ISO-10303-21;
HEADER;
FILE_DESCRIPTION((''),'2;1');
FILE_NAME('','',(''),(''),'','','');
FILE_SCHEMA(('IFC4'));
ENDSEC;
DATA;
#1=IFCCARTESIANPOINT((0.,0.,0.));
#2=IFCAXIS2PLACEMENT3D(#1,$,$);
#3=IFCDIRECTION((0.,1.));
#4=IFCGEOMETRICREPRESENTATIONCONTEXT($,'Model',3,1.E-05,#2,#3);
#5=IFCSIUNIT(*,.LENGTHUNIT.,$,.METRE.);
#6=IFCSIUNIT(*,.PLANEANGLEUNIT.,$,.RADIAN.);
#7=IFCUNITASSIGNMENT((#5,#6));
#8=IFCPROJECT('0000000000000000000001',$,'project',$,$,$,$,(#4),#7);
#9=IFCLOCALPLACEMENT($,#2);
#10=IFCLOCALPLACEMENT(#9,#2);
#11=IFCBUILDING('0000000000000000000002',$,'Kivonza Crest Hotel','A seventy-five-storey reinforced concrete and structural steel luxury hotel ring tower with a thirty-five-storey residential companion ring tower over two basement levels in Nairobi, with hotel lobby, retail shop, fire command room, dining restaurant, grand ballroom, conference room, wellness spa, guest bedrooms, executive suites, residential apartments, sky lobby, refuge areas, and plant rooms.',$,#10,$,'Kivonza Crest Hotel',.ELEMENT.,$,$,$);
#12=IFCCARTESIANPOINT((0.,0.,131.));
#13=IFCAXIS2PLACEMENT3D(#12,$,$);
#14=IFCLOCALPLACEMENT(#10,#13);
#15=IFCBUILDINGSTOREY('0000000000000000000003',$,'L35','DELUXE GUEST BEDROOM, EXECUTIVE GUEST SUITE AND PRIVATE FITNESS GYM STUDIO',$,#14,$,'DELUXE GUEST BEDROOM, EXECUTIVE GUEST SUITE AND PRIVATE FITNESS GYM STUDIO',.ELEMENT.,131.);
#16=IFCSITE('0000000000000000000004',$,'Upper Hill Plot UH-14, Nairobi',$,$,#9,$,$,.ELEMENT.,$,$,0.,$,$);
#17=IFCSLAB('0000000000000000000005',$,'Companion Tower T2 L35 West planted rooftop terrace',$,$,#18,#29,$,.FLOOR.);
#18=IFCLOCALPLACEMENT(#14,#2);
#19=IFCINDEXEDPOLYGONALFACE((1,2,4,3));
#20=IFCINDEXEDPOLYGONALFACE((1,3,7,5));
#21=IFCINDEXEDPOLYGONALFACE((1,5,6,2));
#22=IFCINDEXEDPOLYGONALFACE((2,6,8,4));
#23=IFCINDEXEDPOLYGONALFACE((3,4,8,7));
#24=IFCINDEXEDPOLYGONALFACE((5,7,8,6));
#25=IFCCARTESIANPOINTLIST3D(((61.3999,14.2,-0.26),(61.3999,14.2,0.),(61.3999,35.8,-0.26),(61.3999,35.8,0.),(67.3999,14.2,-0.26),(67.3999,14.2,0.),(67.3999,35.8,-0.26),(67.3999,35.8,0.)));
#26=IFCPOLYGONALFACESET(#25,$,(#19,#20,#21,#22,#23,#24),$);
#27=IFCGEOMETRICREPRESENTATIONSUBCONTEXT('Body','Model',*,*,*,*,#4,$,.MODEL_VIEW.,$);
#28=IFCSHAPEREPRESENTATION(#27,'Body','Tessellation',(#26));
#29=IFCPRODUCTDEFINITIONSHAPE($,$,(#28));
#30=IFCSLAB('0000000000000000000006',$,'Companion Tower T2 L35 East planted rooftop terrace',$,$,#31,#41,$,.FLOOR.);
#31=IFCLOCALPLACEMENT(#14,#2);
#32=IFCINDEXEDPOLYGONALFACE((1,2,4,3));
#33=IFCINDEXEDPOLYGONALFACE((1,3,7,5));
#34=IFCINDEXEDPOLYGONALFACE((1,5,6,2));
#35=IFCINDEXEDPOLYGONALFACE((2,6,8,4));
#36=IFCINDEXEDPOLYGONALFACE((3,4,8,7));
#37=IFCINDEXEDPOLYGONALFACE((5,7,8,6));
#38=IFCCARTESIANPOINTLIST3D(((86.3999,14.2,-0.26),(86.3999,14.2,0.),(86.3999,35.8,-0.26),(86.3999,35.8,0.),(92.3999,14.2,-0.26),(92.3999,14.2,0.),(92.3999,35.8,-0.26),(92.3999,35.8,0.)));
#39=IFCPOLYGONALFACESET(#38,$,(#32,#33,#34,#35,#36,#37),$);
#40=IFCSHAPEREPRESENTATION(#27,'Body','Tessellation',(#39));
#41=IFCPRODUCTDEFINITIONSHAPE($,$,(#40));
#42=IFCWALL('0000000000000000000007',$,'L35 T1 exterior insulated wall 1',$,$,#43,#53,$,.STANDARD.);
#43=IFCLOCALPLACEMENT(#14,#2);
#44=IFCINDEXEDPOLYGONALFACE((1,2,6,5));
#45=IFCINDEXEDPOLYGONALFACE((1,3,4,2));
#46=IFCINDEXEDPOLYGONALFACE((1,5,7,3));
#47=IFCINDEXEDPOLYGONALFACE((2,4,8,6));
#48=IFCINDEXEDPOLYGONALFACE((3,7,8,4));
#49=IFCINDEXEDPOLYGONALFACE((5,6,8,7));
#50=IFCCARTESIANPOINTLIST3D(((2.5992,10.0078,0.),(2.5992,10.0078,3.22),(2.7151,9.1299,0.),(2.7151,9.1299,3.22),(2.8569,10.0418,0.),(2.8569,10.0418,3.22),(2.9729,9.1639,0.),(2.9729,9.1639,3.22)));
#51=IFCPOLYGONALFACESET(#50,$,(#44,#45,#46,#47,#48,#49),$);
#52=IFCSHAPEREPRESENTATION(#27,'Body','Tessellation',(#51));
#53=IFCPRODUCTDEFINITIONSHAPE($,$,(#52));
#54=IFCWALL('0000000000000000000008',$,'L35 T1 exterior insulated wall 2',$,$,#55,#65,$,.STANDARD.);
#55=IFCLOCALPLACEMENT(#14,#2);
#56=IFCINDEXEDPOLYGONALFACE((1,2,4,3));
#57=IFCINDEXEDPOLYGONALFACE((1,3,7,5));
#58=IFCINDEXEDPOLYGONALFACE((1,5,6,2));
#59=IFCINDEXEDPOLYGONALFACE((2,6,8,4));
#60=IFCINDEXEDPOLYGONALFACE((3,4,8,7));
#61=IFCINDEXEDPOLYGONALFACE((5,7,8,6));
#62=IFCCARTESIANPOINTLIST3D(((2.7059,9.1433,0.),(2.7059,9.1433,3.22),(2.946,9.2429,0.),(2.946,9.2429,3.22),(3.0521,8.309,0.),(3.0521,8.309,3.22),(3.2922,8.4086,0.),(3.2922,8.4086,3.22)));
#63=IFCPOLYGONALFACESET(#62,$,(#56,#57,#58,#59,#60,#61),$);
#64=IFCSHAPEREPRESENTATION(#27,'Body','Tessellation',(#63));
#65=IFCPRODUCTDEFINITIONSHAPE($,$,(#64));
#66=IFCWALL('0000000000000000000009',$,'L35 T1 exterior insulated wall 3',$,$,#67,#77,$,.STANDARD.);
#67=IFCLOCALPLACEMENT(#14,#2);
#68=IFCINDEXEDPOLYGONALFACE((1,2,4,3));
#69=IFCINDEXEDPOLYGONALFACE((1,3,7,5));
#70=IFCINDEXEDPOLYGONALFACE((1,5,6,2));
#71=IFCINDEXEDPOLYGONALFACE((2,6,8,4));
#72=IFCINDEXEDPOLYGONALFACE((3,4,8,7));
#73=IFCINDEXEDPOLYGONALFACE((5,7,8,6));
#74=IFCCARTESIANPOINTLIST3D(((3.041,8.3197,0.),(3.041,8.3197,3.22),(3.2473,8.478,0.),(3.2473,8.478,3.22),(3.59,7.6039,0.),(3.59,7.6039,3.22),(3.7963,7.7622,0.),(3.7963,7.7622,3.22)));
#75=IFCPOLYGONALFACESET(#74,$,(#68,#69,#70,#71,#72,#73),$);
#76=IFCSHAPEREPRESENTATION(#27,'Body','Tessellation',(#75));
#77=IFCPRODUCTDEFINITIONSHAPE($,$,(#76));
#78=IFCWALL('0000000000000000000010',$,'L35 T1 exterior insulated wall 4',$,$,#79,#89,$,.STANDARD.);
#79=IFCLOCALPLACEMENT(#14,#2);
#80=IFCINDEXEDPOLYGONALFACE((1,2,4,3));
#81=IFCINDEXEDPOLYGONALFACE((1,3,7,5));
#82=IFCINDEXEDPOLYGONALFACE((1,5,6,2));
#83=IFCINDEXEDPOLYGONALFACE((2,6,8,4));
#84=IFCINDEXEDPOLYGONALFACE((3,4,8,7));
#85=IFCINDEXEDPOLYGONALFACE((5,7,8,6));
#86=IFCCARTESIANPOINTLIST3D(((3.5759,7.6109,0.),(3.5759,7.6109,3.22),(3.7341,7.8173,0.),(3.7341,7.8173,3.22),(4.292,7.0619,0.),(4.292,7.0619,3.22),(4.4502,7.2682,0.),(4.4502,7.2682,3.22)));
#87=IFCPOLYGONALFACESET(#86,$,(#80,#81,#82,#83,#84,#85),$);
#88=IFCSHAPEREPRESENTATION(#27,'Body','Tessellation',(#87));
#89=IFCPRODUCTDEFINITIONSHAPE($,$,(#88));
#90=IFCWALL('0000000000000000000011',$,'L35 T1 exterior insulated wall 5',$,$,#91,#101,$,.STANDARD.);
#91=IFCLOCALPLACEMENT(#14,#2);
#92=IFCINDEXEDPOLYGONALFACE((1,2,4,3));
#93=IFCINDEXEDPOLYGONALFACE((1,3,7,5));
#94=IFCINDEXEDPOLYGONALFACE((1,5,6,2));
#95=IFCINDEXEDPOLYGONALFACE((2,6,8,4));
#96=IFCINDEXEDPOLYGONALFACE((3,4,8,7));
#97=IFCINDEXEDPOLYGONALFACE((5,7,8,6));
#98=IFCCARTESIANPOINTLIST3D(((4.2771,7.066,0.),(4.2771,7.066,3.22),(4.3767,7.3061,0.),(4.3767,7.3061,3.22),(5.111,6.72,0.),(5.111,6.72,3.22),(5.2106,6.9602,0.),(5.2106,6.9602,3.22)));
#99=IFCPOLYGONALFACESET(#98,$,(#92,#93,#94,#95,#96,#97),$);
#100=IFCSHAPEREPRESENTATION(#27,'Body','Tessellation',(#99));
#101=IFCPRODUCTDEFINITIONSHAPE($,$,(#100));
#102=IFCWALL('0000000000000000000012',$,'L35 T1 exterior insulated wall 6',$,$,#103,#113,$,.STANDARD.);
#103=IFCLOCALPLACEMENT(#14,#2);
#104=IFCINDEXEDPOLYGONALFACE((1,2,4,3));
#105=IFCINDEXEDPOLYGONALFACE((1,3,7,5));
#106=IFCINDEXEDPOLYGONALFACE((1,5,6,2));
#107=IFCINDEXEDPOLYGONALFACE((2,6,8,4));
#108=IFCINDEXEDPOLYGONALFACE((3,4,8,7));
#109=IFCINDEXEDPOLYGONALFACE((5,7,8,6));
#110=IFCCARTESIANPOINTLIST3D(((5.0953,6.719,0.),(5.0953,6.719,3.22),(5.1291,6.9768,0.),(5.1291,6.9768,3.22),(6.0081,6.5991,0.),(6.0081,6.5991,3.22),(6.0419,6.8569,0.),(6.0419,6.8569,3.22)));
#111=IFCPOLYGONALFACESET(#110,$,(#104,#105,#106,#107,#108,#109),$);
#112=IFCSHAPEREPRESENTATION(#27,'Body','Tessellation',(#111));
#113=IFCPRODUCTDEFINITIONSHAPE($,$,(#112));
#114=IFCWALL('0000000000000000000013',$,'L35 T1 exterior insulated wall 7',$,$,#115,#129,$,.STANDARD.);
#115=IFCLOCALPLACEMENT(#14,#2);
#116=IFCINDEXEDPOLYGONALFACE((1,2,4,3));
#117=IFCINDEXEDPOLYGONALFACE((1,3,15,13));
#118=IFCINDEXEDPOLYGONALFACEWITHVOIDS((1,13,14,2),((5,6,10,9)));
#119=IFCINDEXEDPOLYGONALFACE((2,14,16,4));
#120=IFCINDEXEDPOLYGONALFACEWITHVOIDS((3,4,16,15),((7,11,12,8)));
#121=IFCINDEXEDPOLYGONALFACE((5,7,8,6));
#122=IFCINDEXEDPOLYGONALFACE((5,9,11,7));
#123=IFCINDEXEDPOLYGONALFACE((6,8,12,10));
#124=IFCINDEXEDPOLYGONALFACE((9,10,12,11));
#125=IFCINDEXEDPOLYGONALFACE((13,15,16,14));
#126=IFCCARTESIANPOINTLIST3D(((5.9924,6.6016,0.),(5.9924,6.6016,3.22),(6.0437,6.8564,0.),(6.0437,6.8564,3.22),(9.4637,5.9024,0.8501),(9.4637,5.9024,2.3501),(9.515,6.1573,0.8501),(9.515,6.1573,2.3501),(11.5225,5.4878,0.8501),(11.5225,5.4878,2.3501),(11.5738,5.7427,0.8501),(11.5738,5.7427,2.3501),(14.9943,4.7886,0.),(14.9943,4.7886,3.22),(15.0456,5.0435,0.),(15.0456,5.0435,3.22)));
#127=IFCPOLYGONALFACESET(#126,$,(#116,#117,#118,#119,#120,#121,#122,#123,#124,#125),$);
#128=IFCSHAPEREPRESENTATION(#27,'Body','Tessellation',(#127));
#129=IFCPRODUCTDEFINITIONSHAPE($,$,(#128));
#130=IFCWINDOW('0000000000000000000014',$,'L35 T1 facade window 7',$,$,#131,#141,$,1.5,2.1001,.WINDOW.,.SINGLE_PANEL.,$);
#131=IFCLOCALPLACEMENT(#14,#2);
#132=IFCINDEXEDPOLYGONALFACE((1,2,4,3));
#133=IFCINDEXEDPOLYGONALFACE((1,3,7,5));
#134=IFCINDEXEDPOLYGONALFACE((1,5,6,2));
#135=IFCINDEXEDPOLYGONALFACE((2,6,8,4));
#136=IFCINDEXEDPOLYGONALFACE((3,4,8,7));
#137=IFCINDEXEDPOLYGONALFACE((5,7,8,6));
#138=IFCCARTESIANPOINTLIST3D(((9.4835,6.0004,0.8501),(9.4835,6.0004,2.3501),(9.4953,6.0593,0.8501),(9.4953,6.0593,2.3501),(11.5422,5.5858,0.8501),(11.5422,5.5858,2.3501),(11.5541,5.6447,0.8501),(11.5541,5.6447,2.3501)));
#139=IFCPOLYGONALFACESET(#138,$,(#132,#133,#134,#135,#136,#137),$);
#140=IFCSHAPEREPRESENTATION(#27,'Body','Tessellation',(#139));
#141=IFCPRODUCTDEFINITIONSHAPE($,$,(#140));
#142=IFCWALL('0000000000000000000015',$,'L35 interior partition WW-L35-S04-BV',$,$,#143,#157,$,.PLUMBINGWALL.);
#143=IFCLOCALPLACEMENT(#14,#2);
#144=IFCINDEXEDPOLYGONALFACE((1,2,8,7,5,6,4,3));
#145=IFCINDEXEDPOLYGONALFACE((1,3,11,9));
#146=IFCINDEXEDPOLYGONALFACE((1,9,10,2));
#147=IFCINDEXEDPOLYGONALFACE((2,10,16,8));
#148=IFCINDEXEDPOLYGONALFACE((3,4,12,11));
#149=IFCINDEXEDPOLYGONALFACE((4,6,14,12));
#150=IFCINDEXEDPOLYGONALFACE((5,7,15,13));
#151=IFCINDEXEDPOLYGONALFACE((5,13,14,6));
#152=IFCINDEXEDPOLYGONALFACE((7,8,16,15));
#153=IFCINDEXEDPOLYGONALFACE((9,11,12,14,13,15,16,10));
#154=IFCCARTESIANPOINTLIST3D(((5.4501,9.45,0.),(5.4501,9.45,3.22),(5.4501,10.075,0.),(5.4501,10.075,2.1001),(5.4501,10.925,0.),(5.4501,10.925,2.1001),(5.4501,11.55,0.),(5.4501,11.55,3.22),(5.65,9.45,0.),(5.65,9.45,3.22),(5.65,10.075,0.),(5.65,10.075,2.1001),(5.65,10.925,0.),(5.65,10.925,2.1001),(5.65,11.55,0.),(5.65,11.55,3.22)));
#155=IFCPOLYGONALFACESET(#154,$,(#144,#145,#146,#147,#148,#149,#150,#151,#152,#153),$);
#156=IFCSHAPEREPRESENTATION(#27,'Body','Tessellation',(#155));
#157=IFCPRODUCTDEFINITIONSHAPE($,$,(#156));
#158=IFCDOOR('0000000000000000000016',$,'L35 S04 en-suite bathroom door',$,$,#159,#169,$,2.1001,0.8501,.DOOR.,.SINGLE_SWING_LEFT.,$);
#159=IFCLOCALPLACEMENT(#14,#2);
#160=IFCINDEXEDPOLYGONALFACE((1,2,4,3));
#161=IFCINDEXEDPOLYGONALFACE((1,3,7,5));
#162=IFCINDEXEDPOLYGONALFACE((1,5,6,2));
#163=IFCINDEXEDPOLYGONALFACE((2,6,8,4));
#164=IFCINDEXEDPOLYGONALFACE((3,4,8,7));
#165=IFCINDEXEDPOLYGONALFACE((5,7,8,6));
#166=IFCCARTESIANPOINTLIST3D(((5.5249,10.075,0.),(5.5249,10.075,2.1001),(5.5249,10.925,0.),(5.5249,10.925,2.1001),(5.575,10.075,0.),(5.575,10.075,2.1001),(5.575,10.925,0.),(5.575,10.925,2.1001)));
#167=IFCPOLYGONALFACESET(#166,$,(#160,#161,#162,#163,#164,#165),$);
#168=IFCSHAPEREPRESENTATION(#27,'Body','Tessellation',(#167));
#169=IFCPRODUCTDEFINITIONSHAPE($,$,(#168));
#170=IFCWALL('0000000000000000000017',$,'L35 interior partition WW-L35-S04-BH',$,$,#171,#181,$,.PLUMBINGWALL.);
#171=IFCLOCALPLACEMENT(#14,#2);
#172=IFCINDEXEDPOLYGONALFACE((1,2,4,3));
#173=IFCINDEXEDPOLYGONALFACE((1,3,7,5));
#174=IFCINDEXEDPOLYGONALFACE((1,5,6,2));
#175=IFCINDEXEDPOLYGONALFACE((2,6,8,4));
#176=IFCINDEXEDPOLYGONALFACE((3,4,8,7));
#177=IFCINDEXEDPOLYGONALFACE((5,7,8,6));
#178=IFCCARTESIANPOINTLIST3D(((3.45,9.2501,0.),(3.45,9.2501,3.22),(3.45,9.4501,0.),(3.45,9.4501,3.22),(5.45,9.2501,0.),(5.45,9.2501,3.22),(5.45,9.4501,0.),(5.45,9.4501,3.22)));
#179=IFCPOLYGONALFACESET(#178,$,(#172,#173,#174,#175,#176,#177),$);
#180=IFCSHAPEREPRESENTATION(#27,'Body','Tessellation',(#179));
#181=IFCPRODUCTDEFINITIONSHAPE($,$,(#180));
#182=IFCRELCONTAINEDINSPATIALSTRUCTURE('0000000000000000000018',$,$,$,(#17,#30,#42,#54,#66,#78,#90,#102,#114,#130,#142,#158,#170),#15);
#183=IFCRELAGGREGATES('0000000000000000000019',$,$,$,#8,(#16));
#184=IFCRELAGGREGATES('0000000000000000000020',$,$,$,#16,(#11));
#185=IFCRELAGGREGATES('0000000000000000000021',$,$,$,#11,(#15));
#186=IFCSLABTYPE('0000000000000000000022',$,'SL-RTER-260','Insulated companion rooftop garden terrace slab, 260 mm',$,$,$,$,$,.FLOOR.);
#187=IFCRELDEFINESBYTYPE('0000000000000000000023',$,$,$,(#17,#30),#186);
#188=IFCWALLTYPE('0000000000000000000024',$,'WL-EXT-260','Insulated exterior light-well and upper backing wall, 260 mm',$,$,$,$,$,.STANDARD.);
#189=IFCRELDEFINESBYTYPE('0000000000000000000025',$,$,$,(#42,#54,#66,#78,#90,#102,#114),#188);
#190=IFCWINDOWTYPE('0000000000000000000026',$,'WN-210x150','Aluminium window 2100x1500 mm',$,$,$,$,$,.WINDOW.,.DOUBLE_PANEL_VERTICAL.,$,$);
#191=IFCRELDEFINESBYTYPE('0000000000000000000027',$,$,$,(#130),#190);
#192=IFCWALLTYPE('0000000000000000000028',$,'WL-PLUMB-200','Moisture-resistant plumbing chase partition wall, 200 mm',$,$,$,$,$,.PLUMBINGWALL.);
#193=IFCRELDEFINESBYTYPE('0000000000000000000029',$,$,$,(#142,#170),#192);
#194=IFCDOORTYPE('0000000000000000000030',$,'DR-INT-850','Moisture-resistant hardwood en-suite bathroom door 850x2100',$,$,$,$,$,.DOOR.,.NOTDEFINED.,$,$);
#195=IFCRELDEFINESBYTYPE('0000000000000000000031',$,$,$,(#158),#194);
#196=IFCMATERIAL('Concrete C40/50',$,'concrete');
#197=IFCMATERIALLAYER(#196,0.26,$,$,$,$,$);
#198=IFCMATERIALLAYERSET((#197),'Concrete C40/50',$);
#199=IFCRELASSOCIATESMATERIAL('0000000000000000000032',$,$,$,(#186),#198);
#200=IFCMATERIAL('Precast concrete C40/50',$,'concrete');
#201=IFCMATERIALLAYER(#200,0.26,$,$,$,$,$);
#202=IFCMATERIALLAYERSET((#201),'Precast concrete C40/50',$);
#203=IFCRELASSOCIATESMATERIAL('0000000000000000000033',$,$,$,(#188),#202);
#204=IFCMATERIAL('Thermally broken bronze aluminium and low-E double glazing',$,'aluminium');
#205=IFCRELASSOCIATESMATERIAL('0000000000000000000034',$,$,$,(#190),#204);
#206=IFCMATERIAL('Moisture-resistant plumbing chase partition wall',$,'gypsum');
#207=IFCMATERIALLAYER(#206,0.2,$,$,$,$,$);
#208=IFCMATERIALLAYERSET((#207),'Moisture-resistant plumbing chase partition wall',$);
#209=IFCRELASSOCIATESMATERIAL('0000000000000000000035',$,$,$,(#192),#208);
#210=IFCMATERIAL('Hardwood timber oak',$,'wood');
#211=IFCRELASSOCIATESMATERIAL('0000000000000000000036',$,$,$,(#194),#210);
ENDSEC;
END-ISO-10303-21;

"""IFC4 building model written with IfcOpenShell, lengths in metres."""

from ifc_helpers import new_model, si_unit, direction, frame, frame_2d, origin, place, context, subcontext, project, spatial, polyline, rectangle, outline, extrude, material, layer, layer_set, type_object, element, fill, save


model = new_model("IFC4")

# Units and contexts
model_context = context("Model", 3, precision=1e-05, world=origin(), true_north=direction((0.0, 1.0)))
body_context = subcontext(model_context, "Body", "Model", "MODEL_VIEW")
ifc_project = project(units=[si_unit("LENGTHUNIT", "METRE"), si_unit("PLANEANGLEUNIT", "RADIAN")], contexts=[model_context])

# Site, building, storey
site_placement = place(None, origin())
site = spatial("IfcSite", under=ifc_project, at=site_placement, Name="Upper Hill Plot UH-14, Nairobi", CompositionType="ELEMENT", RefElevation=0.0)
building_placement = place(site_placement, origin())
building = spatial("IfcBuilding", under=site, at=building_placement, Name="Kivonza Crest Hotel", Description="A seventy-five-storey reinforced concrete and structural steel luxury hotel ring tower with a thirty-five-storey residential companion ring tower over two basement levels in Nairobi, with hotel lobby, retail shop, fire command room, dining restaurant, grand ballroom, conference room, wellness spa, guest bedrooms, executive suites, residential apartments, sky lobby, refuge areas, and plant rooms.", LongName="Kivonza Crest Hotel", CompositionType="ELEMENT")
storey_placement = place(building_placement, frame((0.0, 0.0, 131.0)))
storey = spatial("IfcBuildingStorey", under=building, at=storey_placement, Name="L35", Description="DELUXE GUEST BEDROOM, EXECUTIVE GUEST SUITE AND PRIVATE FITNESS GYM STUDIO", LongName="DELUXE GUEST BEDROOM, EXECUTIVE GUEST SUITE AND PRIVATE FITNESS GYM STUDIO", CompositionType="ELEMENT", Elevation=131.0)

# Shared definitions
ifc_material_1 = material(Name="Concrete C40/50", Category="concrete")

# Slabs
ifc_layer_1 = layer(ifc_material_1, 0.26)
ifc_layer_set_1 = layer_set([ifc_layer_1], Name="Concrete C40/50")
slab_type_1 = type_object("IfcSlabType", Name="SL-RTER-260", Description="Insulated companion rooftop garden terrace slab, 260 mm", PredefinedType="FLOOR", material=ifc_layer_set_1)
slab_1_placement = place(storey_placement, frame((0.0, 0.0, -0.26)))
element("IfcSlab", 1, at=slab_1_placement, inside=storey, type_object=slab_type_1, Name="Companion Tower T2 L35 West planted rooftop terrace", PredefinedType="FLOOR", context=body_context, shape_type="SweptSolid", body=[
    extrude(outline(polyline([(61.3999, 14.2), (67.3999, 14.2), (67.3999, 35.8), (61.3999, 35.8), (61.3999, 14.2)])), origin(), (0.0, 0.0, 1.0), 0.26),
])
slab_2_placement = place(storey_placement, frame((0.0, 0.0, -0.26)))
element("IfcSlab", 2, at=slab_2_placement, inside=storey, type_object=slab_type_1, Name="Companion Tower T2 L35 East planted rooftop terrace", PredefinedType="FLOOR", context=body_context, shape_type="SweptSolid", body=[
    extrude(outline(polyline([(86.3999, 14.2), (92.3999, 14.2), (92.3999, 35.8), (86.3999, 35.8), (86.3999, 14.2)])), origin(), (0.0, 0.0, 1.0), 0.26),
])

# Walls
ifc_material_2 = material(Name="Precast concrete C40/50", Category="concrete")
ifc_layer_2 = layer(ifc_material_2, 0.26)
ifc_layer_set_2 = layer_set([ifc_layer_2], Name="Precast concrete C40/50")
wall_type_1 = type_object("IfcWallType", Name="WL-EXT-260", Description="Insulated exterior light-well and upper backing wall, 260 mm", PredefinedType="STANDARD", material=ifc_layer_set_2)
wall_1_placement = place(storey_placement, frame((2.728, 10.0249, 0.0), z_axis=(0.0, 0.0, 1.0), x_axis=(0.130954, -0.991388, 0.0)))
element("IfcWall", 3, at=wall_1_placement, inside=storey, type_object=wall_type_1, Name="L35 T1 exterior insulated wall 1", PredefinedType="STANDARD", context=body_context, shape_type="SweptSolid", body=[
    extrude(rectangle(XDim=0.8855, YDim=0.26, at=frame_2d((0.4429, 0.0))), origin(), (0.0, 0.0, 1.0), 3.22),
])
wall_2_placement = place(storey_placement, frame((2.8259, 9.1931, 0.0), z_axis=(0.0, 0.0, 1.0), x_axis=(0.383291, -0.923628, 0.0)))
element("IfcWall", 4, at=wall_2_placement, inside=storey, type_object=wall_type_1, Name="L35 T1 exterior insulated wall 2", PredefinedType="STANDARD", context=body_context, shape_type="SweptSolid", body=[
    extrude(rectangle(XDim=0.9033, YDim=0.26, at=frame_2d((0.4517, 0.0))), origin(), (0.0, 0.0, 1.0), 3.22),
])
wall_3_placement = place(storey_placement, frame((3.144, 8.3989, 0.0), z_axis=(0.0, 0.0, 1.0), x_axis=(0.608625, -0.793458, 0.0)))
element("IfcWall", 5, at=wall_3_placement, inside=storey, type_object=wall_type_1, Name="L35 T1 exterior insulated wall 3", PredefinedType="STANDARD", context=body_context, shape_type="SweptSolid", body=[
    extrude(rectangle(XDim=0.9021, YDim=0.26, at=frame_2d((0.4512, 0.0))), origin(), (0.0, 0.0, 1.0), 3.22),
])
wall_4_placement = place(storey_placement, frame((3.655, 7.7141, 0.0), z_axis=(0.0, 0.0, 1.0), x_axis=(0.793558, -0.608494, 0.0)))
element("IfcWall", 6, at=wall_4_placement, inside=storey, type_object=wall_type_1, Name="L35 T1 exterior insulated wall 4", PredefinedType="STANDARD", context=body_context, shape_type="SweptSolid", body=[
    extrude(rectangle(XDim=0.9023, YDim=0.26, at=frame_2d((0.4512, 0.0))), origin(), (0.0, 0.0, 1.0), 3.22),
])
wall_5_placement = place(storey_placement, frame((4.3269, 7.186, 0.0), z_axis=(0.0, 0.0, 1.0), x_axis=(0.923684, -0.383156, 0.0)))
element("IfcWall", 7, at=wall_5_placement, inside=storey, type_object=wall_type_1, Name="L35 T1 exterior insulated wall 5", PredefinedType="STANDARD", context=body_context, shape_type="SweptSolid", body=[
    extrude(rectangle(XDim=0.9028, YDim=0.26, at=frame_2d((0.4514, 0.0))), origin(), (0.0, 0.0, 1.0), 3.22),
])
wall_6_placement = place(storey_placement, frame((5.1121, 6.8479, 0.0), z_axis=(0.0, 0.0, 1.0), x_axis=(0.991488, -0.130201, 0.0)))
element("IfcWall", 8, at=wall_6_placement, inside=storey, type_object=wall_type_1, Name="L35 T1 exterior insulated wall 6", PredefinedType="STANDARD", context=body_context, shape_type="SweptSolid", body=[
    extrude(rectangle(XDim=0.9207, YDim=0.26, at=frame_2d((0.4604, 0.0))), origin(), (0.0, 0.0, 1.0), 3.22),
])

# Wall, opening, window
wall_7_placement = place(storey_placement, frame((6.0181, 6.729, 0.0), z_axis=(0.0, 0.0, 1.0), x_axis=(0.980316, -0.197435, 0.0)))
wall_7 = element("IfcWall", 9, at=wall_7_placement, inside=storey, type_object=wall_type_1, Name="L35 T1 exterior insulated wall 7", PredefinedType="STANDARD", context=body_context, shape_type="SweptSolid", body=[
    extrude(rectangle(XDim=9.1826, YDim=0.26, at=frame_2d((4.5913, 0.0))), origin(), (0.0, 0.0, 1.0), 3.22),
])
opening_1_placement = place(wall_7_placement, frame((3.541, 0.0, 0.8501)))
opening_1 = element("IfcOpeningElement", 10, at=opening_1_placement, cuts=wall_7, PredefinedType="OPENING", context=body_context, shape_type="SweptSolid", body=[
    extrude(rectangle(XDim=2.1001, YDim=1.5, at=frame_2d((1.05, 0.75))), frame((0.0, 0.1401, 0.0), z_axis=(0.0, -1.0, 0.0), x_axis=(1.0, 0.0, 0.0)), (0.0, 0.0, 1.0), 0.28),
])
ifc_material_3 = material(Name="Thermally broken bronze aluminium and low-E double glazing", Category="aluminium")
window_type = type_object("IfcWindowType", Name="WN-210x150", Description="Aluminium window 2100x1500 mm", PartitioningType="DOUBLE_PANEL_VERTICAL", PredefinedType="WINDOW", material=ifc_material_3)
window_placement = place(opening_1_placement, origin())
window = element("IfcWindow", 11, at=window_placement, inside=storey, type_object=window_type, Name="L35 T1 facade window 7", OverallHeight=1.5, OverallWidth=2.1001, PartitioningType="SINGLE_PANEL", PredefinedType="WINDOW", context=body_context, shape_type="SweptSolid", body=[
    extrude(rectangle(XDim=2.1001, YDim=1.5, at=frame_2d((1.05, 0.75))), frame((0.0, 0.03, 0.0), z_axis=(0.0, -1.0, 0.0), x_axis=(1.0, 0.0, 0.0)), (0.0, 0.0, 1.0), 0.0601),
])
fill(opening_1, window)

# Wall, opening, door
ifc_material_4 = material(Name="Moisture-resistant plumbing chase partition wall", Category="gypsum")
ifc_layer_3 = layer(ifc_material_4, 0.2)
ifc_layer_set_3 = layer_set([ifc_layer_3], Name="Moisture-resistant plumbing chase partition wall")
wall_type_2 = type_object("IfcWallType", Name="WL-PLUMB-200", Description="Moisture-resistant plumbing chase partition wall, 200 mm", PredefinedType="PLUMBINGWALL", material=ifc_layer_set_3)
wall_8_placement = place(storey_placement, frame((5.55, 9.45, 0.0), z_axis=(0.0, 0.0, 1.0), x_axis=(0.0, 1.0, 0.0)))
wall_8 = element("IfcWall", 12, at=wall_8_placement, inside=storey, type_object=wall_type_2, Name="L35 interior partition WW-L35-S04-BV", PredefinedType="PLUMBINGWALL", context=body_context, shape_type="SweptSolid", body=[
    extrude(rectangle(XDim=2.1001, YDim=0.2, at=frame_2d((1.05, 0.0))), origin(), (0.0, 0.0, 1.0), 3.22),
])
opening_2_placement = place(wall_8_placement, frame((0.625, 0.0, 0.0)))
opening_2 = element("IfcOpeningElement", 13, at=opening_2_placement, cuts=wall_8, PredefinedType="OPENING", context=body_context, shape_type="SweptSolid", body=[
    extrude(rectangle(XDim=0.8501, YDim=2.1001, at=frame_2d((0.425, 1.05))), frame((0.0, 0.1099, 0.0), z_axis=(0.0, -1.0, 0.0), x_axis=(1.0, 0.0, 0.0)), (0.0, 0.0, 1.0), 0.22),
])
ifc_material_5 = material(Name="Hardwood timber oak", Category="wood")
door_type = type_object("IfcDoorType", Name="DR-INT-850", Description="Moisture-resistant hardwood en-suite bathroom door 850x2100", OperationType="NOTDEFINED", PredefinedType="DOOR", material=ifc_material_5)
door_placement = place(opening_2_placement, frame((0.8501, 0.0, 0.0), z_axis=(0.0, 0.0, 1.0), x_axis=(-1.0, 0.0, 0.0)))
door = element("IfcDoor", 14, at=door_placement, inside=storey, type_object=door_type, Name="L35 S04 en-suite bathroom door", OperationType="SINGLE_SWING_LEFT", OverallHeight=2.1001, OverallWidth=0.8501, PredefinedType="DOOR", context=body_context, shape_type="SweptSolid", body=[
    extrude(rectangle(XDim=0.8501, YDim=2.1001, at=frame_2d((0.425, 1.05))), frame((0.0, 0.0249, 0.0), z_axis=(0.0, -1.0, 0.0), x_axis=(1.0, 0.0, 0.0)), (0.0, 0.0, 1.0), 0.05),
])
fill(opening_2, door)

# Wall
wall_9_placement = place(storey_placement, frame((3.45, 9.3501, 0.0), z_axis=(0.0, 0.0, 1.0), x_axis=(1.0, 0.0, 0.0)))
element("IfcWall", 15, at=wall_9_placement, inside=storey, type_object=wall_type_2, Name="L35 interior partition WW-L35-S04-BH", PredefinedType="PLUMBINGWALL", context=body_context, shape_type="SweptSolid", body=[
    extrude(rectangle(XDim=2.0, YDim=0.2, at=frame_2d((1.0, 0.0))), origin(), (0.0, 0.0, 1.0), 3.22),
])

save(model, "model.ifc")
